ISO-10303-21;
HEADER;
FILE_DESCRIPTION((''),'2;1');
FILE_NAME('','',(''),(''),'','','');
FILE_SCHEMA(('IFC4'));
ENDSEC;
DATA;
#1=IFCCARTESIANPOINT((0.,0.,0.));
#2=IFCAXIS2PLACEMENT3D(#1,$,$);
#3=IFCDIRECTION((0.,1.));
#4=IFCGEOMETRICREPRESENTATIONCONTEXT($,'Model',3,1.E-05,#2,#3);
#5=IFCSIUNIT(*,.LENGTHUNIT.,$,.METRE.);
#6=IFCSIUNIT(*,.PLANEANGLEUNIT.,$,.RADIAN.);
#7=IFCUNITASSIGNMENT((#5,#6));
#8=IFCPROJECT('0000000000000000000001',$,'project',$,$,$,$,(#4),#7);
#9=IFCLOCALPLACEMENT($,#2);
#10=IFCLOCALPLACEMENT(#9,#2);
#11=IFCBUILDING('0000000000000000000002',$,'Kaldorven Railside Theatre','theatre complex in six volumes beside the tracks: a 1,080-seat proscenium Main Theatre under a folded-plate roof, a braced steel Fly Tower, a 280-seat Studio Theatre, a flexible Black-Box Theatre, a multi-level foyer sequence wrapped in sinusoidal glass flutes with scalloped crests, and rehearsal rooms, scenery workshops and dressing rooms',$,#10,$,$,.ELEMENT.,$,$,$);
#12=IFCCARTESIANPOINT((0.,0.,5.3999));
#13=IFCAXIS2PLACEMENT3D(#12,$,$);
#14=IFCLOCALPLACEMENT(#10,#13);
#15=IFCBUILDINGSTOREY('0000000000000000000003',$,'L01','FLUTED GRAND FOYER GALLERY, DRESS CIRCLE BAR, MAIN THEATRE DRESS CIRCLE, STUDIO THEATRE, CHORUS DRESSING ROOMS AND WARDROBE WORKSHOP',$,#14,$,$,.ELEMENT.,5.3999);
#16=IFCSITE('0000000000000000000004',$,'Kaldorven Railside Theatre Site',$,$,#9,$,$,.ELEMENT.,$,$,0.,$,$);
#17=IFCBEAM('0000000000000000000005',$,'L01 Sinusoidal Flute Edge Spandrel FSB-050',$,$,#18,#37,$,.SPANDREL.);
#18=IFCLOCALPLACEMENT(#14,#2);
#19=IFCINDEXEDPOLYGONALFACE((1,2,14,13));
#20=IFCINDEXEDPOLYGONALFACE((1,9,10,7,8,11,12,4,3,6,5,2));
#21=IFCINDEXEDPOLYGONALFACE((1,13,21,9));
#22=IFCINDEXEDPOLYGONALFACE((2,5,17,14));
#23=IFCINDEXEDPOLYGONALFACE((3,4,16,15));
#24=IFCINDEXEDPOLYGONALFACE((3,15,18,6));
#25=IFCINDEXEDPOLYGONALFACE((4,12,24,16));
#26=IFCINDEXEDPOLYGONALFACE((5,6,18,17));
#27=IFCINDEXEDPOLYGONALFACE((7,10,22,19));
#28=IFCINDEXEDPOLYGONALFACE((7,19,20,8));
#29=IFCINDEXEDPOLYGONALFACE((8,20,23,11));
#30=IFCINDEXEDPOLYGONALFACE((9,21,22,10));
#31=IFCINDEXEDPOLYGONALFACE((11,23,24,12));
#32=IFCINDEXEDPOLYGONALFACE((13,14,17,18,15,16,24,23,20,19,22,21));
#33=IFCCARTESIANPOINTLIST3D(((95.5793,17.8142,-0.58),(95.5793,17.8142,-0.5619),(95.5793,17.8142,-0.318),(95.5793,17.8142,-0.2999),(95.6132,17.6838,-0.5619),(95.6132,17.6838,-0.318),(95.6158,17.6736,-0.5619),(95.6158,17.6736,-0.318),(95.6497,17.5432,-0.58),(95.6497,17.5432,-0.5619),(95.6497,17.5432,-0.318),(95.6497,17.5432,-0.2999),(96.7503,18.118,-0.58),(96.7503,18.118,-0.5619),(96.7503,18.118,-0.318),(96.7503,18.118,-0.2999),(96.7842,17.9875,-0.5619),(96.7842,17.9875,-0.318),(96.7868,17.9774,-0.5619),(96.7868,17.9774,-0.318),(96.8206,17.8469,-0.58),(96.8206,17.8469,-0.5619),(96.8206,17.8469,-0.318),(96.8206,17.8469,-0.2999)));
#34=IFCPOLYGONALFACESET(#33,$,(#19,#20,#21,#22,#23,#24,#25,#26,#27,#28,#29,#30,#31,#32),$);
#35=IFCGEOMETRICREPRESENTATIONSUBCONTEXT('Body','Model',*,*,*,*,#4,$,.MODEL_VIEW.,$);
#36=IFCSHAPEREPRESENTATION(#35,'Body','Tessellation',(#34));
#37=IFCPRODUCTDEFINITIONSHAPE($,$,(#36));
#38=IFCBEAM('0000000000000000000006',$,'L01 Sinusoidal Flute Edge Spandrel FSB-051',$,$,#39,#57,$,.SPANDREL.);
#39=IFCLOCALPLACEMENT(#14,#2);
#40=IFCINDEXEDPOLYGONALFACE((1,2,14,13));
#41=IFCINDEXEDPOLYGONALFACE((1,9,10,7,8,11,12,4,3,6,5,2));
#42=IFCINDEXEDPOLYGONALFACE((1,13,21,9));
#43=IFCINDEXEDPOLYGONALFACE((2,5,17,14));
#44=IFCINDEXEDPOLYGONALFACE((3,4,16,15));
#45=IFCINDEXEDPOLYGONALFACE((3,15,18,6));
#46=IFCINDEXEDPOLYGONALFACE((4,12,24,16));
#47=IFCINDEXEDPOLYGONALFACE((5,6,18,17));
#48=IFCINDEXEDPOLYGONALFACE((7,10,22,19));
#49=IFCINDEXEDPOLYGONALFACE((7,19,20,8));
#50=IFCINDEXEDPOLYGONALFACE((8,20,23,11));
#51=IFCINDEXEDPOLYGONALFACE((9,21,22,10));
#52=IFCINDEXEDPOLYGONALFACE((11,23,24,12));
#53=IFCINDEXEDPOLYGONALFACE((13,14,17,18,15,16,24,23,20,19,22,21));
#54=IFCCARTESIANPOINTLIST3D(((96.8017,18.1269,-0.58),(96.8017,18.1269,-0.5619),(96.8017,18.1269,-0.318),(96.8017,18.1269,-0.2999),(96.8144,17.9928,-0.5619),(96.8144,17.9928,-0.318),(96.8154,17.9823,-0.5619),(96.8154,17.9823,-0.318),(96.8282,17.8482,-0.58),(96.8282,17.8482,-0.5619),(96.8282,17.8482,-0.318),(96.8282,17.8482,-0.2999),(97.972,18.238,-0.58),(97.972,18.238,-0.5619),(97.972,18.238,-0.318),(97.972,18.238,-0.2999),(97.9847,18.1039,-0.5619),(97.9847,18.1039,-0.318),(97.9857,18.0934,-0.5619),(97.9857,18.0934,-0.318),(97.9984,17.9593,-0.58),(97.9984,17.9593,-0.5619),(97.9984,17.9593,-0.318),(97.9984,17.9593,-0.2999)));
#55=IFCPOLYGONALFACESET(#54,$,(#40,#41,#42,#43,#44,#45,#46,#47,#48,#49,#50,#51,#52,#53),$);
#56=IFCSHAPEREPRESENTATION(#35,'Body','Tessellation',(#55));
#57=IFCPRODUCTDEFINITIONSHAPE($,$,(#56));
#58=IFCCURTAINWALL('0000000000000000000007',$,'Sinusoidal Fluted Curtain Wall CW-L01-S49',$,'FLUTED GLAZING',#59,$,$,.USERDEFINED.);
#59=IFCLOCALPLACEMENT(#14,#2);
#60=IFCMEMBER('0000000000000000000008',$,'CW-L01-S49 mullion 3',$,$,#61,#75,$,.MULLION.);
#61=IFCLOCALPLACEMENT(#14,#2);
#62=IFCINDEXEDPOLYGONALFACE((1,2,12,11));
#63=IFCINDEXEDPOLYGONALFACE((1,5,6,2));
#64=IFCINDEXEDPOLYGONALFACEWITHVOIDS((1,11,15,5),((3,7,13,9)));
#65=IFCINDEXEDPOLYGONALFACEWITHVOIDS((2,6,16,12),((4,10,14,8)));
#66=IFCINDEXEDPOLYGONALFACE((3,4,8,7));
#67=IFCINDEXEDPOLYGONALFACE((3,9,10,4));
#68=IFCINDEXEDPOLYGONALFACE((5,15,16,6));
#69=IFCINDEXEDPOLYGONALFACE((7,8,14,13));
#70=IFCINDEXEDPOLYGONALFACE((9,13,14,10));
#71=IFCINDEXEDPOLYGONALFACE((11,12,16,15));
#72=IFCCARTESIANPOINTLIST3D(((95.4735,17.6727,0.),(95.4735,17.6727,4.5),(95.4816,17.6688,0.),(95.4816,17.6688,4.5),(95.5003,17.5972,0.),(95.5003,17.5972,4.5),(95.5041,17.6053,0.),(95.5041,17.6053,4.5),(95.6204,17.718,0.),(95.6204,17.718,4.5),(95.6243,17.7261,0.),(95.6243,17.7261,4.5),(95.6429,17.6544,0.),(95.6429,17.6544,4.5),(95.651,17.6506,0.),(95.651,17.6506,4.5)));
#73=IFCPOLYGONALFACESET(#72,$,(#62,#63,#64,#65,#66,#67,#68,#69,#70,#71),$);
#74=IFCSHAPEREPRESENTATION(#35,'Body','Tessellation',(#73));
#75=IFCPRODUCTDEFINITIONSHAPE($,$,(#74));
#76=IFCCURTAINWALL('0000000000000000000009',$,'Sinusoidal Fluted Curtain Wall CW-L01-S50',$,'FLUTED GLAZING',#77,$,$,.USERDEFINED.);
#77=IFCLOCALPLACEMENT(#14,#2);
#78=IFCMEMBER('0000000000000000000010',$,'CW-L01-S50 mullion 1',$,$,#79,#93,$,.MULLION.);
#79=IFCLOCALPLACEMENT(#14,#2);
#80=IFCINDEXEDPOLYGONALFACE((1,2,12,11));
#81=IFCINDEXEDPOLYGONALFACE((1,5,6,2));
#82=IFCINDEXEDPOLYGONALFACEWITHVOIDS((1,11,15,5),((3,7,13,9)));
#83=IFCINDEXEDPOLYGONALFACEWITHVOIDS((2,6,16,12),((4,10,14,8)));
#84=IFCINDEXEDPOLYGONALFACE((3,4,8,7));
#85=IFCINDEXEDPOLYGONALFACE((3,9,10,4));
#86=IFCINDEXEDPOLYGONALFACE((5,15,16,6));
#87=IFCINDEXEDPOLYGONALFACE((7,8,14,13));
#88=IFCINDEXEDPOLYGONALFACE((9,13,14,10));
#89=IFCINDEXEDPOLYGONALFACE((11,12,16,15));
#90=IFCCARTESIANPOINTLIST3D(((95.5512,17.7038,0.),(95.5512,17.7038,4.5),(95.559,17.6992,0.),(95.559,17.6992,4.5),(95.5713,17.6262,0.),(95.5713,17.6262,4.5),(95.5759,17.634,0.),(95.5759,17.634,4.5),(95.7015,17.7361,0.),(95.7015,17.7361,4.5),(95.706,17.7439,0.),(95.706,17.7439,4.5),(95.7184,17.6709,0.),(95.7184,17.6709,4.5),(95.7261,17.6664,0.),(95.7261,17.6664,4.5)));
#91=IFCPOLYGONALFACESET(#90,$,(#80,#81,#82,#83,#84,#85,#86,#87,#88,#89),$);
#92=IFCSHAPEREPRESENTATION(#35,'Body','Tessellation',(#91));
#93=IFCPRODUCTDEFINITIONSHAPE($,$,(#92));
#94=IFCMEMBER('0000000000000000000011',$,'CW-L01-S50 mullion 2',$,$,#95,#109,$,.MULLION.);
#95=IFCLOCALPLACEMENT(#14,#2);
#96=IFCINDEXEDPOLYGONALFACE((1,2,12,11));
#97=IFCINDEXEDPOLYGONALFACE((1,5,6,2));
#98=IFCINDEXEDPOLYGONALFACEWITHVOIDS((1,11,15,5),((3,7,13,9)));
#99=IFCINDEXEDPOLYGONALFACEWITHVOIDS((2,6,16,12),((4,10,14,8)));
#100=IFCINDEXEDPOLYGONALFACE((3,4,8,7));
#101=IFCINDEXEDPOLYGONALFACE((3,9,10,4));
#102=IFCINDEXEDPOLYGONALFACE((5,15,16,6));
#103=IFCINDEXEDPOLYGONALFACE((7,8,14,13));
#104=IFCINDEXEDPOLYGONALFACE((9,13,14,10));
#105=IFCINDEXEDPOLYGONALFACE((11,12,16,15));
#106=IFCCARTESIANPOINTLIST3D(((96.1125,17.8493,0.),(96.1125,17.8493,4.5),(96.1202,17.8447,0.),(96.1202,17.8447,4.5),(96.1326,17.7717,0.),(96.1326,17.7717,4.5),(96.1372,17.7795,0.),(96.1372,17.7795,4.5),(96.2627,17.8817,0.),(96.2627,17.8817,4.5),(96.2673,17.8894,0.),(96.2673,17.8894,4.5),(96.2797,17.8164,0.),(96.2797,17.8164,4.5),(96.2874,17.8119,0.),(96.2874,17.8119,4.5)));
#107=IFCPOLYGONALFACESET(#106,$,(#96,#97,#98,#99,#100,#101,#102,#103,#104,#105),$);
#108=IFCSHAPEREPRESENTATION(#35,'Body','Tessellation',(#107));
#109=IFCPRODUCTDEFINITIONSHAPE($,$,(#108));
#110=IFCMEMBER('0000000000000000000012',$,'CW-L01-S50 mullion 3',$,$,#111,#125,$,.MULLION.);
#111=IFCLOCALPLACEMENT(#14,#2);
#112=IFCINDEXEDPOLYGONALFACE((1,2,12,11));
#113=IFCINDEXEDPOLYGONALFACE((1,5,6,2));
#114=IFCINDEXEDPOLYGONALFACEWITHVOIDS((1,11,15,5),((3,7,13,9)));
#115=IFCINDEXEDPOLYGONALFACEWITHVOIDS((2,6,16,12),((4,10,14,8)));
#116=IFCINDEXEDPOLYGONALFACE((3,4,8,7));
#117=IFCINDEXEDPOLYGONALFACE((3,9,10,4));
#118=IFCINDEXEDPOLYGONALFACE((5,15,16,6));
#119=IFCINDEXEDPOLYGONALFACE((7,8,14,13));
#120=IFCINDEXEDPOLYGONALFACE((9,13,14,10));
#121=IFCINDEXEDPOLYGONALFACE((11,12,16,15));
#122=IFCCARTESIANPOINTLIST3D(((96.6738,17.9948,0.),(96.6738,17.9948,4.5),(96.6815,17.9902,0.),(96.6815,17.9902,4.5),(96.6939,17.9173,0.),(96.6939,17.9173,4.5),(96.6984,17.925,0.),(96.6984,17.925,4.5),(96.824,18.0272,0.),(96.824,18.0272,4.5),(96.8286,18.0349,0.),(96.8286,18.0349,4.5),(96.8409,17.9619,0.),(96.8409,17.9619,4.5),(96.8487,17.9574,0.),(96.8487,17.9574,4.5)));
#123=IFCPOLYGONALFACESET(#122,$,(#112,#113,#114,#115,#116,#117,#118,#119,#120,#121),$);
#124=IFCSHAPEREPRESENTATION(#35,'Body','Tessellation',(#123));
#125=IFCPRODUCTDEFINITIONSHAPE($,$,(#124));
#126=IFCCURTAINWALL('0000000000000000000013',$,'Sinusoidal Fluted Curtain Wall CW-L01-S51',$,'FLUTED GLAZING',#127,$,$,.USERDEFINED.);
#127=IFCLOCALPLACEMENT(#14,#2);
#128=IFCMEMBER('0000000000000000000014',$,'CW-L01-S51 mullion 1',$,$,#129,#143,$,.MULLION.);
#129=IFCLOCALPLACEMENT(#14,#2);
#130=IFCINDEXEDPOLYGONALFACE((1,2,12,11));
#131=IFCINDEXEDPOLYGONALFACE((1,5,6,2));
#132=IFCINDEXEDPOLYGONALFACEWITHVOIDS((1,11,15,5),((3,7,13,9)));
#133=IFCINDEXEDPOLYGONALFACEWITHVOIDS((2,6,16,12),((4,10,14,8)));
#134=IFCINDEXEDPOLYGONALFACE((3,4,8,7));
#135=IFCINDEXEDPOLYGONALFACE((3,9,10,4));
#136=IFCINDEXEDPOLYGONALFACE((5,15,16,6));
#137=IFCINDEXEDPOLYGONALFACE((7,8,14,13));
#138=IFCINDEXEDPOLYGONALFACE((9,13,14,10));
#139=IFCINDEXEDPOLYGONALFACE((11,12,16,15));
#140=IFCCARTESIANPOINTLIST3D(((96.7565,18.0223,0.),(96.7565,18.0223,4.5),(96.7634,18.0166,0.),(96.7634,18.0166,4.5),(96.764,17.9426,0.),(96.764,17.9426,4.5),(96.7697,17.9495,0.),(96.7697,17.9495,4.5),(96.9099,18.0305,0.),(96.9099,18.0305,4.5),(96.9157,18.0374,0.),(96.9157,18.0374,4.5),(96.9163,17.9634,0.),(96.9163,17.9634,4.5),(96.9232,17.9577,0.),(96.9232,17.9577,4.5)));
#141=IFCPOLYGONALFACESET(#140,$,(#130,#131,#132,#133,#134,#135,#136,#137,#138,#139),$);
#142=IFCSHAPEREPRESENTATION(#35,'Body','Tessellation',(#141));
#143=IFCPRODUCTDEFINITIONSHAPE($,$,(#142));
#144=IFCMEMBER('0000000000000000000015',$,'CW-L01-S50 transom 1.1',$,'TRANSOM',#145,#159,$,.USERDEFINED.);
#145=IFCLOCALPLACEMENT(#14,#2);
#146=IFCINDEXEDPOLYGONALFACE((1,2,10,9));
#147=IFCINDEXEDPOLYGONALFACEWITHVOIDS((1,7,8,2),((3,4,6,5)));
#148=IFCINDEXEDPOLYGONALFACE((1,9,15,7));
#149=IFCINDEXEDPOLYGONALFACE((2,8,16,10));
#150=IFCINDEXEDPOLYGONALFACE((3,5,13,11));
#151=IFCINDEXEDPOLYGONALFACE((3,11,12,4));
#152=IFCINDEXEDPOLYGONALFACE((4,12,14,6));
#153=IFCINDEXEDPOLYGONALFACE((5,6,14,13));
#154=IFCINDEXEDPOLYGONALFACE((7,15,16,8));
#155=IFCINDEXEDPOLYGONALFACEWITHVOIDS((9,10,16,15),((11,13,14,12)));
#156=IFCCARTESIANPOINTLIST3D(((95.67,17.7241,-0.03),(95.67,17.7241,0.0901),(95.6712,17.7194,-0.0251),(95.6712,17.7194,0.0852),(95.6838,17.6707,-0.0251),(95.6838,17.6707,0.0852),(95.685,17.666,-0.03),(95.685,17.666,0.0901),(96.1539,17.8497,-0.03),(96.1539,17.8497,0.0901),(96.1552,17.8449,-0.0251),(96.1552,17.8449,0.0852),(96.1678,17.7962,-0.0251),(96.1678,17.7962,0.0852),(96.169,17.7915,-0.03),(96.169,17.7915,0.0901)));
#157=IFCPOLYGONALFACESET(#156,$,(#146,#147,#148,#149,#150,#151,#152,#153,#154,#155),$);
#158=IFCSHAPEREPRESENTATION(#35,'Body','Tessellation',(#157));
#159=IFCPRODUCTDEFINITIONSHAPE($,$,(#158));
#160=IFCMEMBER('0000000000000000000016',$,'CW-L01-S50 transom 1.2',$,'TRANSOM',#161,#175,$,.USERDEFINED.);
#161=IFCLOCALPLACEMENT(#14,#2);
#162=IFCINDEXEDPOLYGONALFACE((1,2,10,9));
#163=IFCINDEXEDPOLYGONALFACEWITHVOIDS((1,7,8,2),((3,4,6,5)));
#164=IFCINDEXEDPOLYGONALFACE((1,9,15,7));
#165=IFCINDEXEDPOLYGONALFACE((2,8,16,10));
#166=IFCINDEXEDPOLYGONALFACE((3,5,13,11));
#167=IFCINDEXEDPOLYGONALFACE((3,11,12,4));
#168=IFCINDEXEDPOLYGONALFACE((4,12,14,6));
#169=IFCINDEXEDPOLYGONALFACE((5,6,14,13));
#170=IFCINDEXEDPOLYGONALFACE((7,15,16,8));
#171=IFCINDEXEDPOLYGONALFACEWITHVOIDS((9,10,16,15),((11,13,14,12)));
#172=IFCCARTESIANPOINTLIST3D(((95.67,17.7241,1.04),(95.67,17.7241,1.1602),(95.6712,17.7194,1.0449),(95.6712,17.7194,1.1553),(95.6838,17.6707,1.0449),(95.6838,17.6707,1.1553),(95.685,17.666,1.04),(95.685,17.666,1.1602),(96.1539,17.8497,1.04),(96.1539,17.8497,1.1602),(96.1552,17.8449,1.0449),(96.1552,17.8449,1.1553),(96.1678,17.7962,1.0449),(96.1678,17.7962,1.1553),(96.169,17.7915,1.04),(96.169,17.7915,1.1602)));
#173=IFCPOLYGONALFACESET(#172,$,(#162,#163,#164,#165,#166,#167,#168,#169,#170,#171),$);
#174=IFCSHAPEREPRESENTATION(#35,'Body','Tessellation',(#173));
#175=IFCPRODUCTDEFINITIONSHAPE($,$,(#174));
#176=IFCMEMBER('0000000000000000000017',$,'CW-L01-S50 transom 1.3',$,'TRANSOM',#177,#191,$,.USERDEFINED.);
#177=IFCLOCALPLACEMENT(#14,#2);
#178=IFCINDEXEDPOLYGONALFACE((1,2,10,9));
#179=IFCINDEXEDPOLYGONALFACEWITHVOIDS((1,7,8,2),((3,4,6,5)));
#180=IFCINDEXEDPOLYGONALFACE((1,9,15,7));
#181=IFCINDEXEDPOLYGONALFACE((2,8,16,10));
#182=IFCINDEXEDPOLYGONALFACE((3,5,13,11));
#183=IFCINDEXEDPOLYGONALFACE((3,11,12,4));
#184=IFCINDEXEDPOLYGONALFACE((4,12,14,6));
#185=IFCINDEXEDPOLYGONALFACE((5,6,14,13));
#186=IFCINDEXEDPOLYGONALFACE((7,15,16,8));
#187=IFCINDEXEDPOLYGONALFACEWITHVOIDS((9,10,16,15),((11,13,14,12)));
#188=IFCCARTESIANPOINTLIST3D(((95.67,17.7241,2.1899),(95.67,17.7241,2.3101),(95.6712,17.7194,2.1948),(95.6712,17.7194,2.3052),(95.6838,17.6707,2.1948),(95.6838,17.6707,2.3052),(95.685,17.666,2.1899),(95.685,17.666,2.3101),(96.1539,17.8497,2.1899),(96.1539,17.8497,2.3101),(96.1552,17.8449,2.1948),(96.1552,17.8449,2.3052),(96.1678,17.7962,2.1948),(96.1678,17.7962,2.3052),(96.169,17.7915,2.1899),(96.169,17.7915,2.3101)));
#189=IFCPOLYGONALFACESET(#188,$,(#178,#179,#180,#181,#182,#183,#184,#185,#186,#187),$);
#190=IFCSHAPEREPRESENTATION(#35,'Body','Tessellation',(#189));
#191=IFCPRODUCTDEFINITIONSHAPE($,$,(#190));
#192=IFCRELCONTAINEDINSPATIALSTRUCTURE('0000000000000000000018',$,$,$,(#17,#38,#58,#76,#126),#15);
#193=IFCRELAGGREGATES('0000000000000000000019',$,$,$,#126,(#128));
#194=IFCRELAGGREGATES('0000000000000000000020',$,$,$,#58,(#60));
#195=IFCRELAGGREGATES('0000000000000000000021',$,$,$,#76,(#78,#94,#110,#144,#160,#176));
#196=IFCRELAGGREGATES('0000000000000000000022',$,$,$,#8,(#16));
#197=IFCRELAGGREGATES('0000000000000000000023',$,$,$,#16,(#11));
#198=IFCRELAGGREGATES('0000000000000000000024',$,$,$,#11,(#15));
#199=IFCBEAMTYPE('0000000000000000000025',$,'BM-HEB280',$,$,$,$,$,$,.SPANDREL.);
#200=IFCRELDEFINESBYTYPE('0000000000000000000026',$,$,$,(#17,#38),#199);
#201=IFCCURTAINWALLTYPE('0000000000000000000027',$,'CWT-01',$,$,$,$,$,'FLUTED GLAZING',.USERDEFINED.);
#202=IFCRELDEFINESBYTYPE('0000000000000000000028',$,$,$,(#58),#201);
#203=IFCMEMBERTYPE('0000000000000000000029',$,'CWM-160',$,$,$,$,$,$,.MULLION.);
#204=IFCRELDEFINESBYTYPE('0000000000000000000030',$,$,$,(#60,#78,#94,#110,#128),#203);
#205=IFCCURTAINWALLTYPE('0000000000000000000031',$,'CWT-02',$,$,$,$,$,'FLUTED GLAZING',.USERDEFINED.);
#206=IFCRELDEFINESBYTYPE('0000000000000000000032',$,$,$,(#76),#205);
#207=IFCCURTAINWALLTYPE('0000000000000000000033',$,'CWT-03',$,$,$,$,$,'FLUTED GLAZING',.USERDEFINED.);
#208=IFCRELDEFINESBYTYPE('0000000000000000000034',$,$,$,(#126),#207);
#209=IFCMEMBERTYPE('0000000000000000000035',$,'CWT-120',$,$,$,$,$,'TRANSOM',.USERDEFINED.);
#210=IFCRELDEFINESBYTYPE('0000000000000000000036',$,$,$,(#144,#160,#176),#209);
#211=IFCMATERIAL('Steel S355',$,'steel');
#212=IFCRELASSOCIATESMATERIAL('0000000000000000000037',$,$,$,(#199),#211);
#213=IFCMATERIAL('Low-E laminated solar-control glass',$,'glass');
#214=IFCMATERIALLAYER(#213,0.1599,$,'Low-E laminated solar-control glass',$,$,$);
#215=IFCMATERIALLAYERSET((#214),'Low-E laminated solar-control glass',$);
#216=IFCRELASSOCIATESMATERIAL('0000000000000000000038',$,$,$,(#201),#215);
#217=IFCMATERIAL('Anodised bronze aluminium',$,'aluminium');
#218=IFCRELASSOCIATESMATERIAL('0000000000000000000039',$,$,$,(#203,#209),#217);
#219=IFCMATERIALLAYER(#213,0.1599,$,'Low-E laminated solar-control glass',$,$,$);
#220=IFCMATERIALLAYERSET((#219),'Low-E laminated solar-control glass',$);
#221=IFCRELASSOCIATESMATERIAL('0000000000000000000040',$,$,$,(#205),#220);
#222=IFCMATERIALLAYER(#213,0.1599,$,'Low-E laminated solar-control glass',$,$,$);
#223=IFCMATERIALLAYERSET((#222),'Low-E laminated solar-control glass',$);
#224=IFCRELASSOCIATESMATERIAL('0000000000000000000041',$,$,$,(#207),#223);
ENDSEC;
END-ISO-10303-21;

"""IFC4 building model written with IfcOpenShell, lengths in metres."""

from ifc_helpers import new_model, si_unit, direction, frame, origin, origin_2d, place, context, subcontext, project, spatial, hollow_rectangle, i_section, extrude, material, layer, layer_set, material_profile, profile_set, type_object, element, aggregate, save


model = new_model("IFC4")

# Units and contexts
model_context = context("Model", 3, precision=1e-05, world=origin(), true_north=direction((0.0, 1.0)))
body_context = subcontext(model_context, "Body", "Model", "MODEL_VIEW")
ifc_project = project(units=[si_unit("LENGTHUNIT", "METRE"), si_unit("PLANEANGLEUNIT", "RADIAN")], contexts=[model_context])

# Site, building, storey
site_placement = place(None, origin())
site = spatial("IfcSite", under=ifc_project, at=site_placement, Name="Kaldorven Railside Theatre Site", CompositionType="ELEMENT", RefElevation=0.0)
building_placement = place(site_placement, origin())
building = spatial("IfcBuilding", under=site, at=building_placement, Name="Kaldorven Railside Theatre", Description="theatre complex in six volumes beside the tracks: a 1,080-seat proscenium Main Theatre under a folded-plate roof, a braced steel Fly Tower, a 280-seat Studio Theatre, a flexible Black-Box Theatre, a multi-level foyer sequence wrapped in sinusoidal glass flutes with scalloped crests, and rehearsal rooms, scenery workshops and dressing rooms", CompositionType="ELEMENT")
storey_placement = place(building_placement, frame((0.0, 0.0, 5.3999)))
storey = spatial("IfcBuildingStorey", under=building, at=storey_placement, Name="L01", Description="FLUTED GRAND FOYER GALLERY, DRESS CIRCLE BAR, MAIN THEATRE DRESS CIRCLE, STUDIO THEATRE, CHORUS DRESSING ROOMS AND WARDROBE WORKSHOP", CompositionType="ELEMENT", Elevation=5.3999)

# Beams
ifc_material_1 = material(Name="Steel S355", Category="steel")
ifc_material_profile_1 = material_profile(ifc_material_1, i_section(OverallWidth=0.28, OverallDepth=0.28, WebThickness=0.0105, FlangeThickness=0.0181, at=origin_2d()), Name="HEB 280")
ifc_profile_set_1 = profile_set([ifc_material_profile_1], Name="Steel S355")
beam_type = type_object("IfcBeamType", Name="BM-HEB280", PredefinedType="SPANDREL", material=ifc_profile_set_1)
beam_1_placement = place(storey_placement, frame((95.6145, 17.6787, -0.4399), z_axis=(0.967968, 0.251074, 0.0), x_axis=(-0.251074, 0.967968, 0.0)))
element("IfcBeam", 1, at=beam_1_placement, inside=storey, type_object=beam_type, Name="L01 Sinusoidal Flute Edge Spandrel FSB-050", PredefinedType="SPANDREL", context=body_context, shape_type="SweptSolid", body=[
    extrude(i_section(OverallWidth=0.28, OverallDepth=0.28, WebThickness=0.0105, FlangeThickness=0.0181, at=origin_2d()), origin(), (0.0, 0.0, 1.0), 1.2097),
])
beam_2_placement = place(storey_placement, frame((96.8149, 17.9875, -0.4399), z_axis=(0.995524, 0.094505, 0.0), x_axis=(-0.094505, 0.995524, 0.0)))
element("IfcBeam", 2, at=beam_2_placement, inside=storey, type_object=beam_type, Name="L01 Sinusoidal Flute Edge Spandrel FSB-051", PredefinedType="SPANDREL", context=body_context, shape_type="SweptSolid", body=[
    extrude(i_section(OverallWidth=0.28, OverallDepth=0.28, WebThickness=0.0105, FlangeThickness=0.0181, at=origin_2d()), origin(), (0.0, 0.0, 1.0), 1.1755),
])

# Curtain wall, member
ifc_material_2 = material(Name="Low-E laminated solar-control glass", Category="glass")
ifc_layer_1 = layer(ifc_material_2, 0.1599, Name="Low-E laminated solar-control glass")
ifc_layer_set_1 = layer_set([ifc_layer_1], Name="Low-E laminated solar-control glass")
curtain_wall_type_1 = type_object("IfcCurtainWallType", Name="CWT-01", ElementType="FLUTED GLAZING", PredefinedType="USERDEFINED", material=ifc_layer_set_1)
curtain_wall_1_placement = place(storey_placement, origin())
curtain_wall_1 = element("IfcCurtainWall", 3, at=curtain_wall_1_placement, inside=storey, type_object=curtain_wall_type_1, Name="Sinusoidal Fluted Curtain Wall CW-L01-S49", ObjectType="FLUTED GLAZING", PredefinedType="USERDEFINED")
ifc_material_3 = material(Name="Anodised bronze aluminium", Category="aluminium")
ifc_material_profile_2 = material_profile(ifc_material_3, hollow_rectangle(XDim=0.0801, YDim=0.1599, WallThickness=0.0063, at=origin_2d()), Name="RHS 160x80x6.3")
ifc_profile_set_2 = profile_set([ifc_material_profile_2], Name="Anodised bronze aluminium")
member_type_1 = type_object("IfcMemberType", Name="CWM-160", PredefinedType="MULLION", material=ifc_profile_set_2)
member_1_placement = place(storey_placement, frame((95.5623, 17.6616, 0.0), z_axis=(0.0, 0.0, 1.0), x_axis=(-0.333847, 0.942627, 0.0)))
member_1 = element("IfcMember", 4, at=member_1_placement, type_object=member_type_1, Name="CW-L01-S49 mullion 3", PredefinedType="MULLION", context=body_context, shape_type="SweptSolid", body=[
    extrude(hollow_rectangle(XDim=0.0801, YDim=0.1599, WallThickness=0.0063, at=origin_2d()), origin(), (0.0, 0.0, 1.0), 4.5),
])

# Curtain wall, members
ifc_layer_2 = layer(ifc_material_2, 0.1599, Name="Low-E laminated solar-control glass")
ifc_layer_set_2 = layer_set([ifc_layer_2], Name="Low-E laminated solar-control glass")
curtain_wall_type_2 = type_object("IfcCurtainWallType", Name="CWT-02", ElementType="FLUTED GLAZING", PredefinedType="USERDEFINED", material=ifc_layer_set_2)
curtain_wall_2_placement = place(storey_placement, origin())
curtain_wall_2 = element("IfcCurtainWall", 5, at=curtain_wall_2_placement, inside=storey, type_object=curtain_wall_type_2, Name="Sinusoidal Fluted Curtain Wall CW-L01-S50", ObjectType="FLUTED GLAZING", PredefinedType="USERDEFINED")
member_2_placement = place(storey_placement, frame((95.6387, 17.6851, 0.0), z_axis=(0.0, 0.0, 1.0), x_axis=(-0.250954, 0.967999, 0.0)))
member_2 = element("IfcMember", 6, at=member_2_placement, type_object=member_type_1, Name="CW-L01-S50 mullion 1", PredefinedType="MULLION", context=body_context, shape_type="SweptSolid", body=[
    extrude(hollow_rectangle(XDim=0.0801, YDim=0.1599, WallThickness=0.0063, at=origin_2d()), origin(), (0.0, 0.0, 1.0), 4.5),
])
member_3_placement = place(storey_placement, frame((96.2, 17.8306, 0.0), z_axis=(0.0, 0.0, 1.0), x_axis=(-0.250954, 0.967999, 0.0)))
member_3 = element("IfcMember", 7, at=member_3_placement, type_object=member_type_1, Name="CW-L01-S50 mullion 2", PredefinedType="MULLION", context=body_context, shape_type="SweptSolid", body=[
    extrude(hollow_rectangle(XDim=0.0801, YDim=0.1599, WallThickness=0.0063, at=origin_2d()), origin(), (0.0, 0.0, 1.0), 4.5),
])
member_4_placement = place(storey_placement, frame((96.7612, 17.9761, 0.0), z_axis=(0.0, 0.0, 1.0), x_axis=(-0.250954, 0.967999, 0.0)))
member_4 = element("IfcMember", 8, at=member_4_placement, type_object=member_type_1, Name="CW-L01-S50 mullion 3", PredefinedType="MULLION", context=body_context, shape_type="SweptSolid", body=[
    extrude(hollow_rectangle(XDim=0.0801, YDim=0.1599, WallThickness=0.0063, at=origin_2d()), origin(), (0.0, 0.0, 1.0), 4.5),
])

# Curtain wall, member
ifc_layer_3 = layer(ifc_material_2, 0.1599, Name="Low-E laminated solar-control glass")
ifc_layer_set_3 = layer_set([ifc_layer_3], Name="Low-E laminated solar-control glass")
curtain_wall_type_3 = type_object("IfcCurtainWallType", Name="CWT-03", ElementType="FLUTED GLAZING", PredefinedType="USERDEFINED", material=ifc_layer_set_3)
curtain_wall_3_placement = place(storey_placement, origin())
curtain_wall_3 = element("IfcCurtainWall", 9, at=curtain_wall_3_placement, inside=storey, type_object=curtain_wall_type_3, Name="Sinusoidal Fluted Curtain Wall CW-L01-S51", ObjectType="FLUTED GLAZING", PredefinedType="USERDEFINED")
member_5_placement = place(storey_placement, frame((96.8398, 17.99, 0.0), z_axis=(0.0, 0.0, 1.0), x_axis=(-0.094492, 0.995526, 0.0)))
member_5 = element("IfcMember", 10, at=member_5_placement, type_object=member_type_1, Name="CW-L01-S51 mullion 1", PredefinedType="MULLION", context=body_context, shape_type="SweptSolid", body=[
    extrude(hollow_rectangle(XDim=0.0801, YDim=0.1599, WallThickness=0.0063, at=origin_2d()), origin(), (0.0, 0.0, 1.0), 4.5),
])

# Members
ifc_material_profile_3 = material_profile(ifc_material_3, hollow_rectangle(XDim=0.0601, YDim=0.1201, WallThickness=0.0049, at=origin_2d()), Name="RHS 120x60x5")
ifc_profile_set_3 = profile_set([ifc_material_profile_3], Name="Anodised bronze aluminium")
member_type_2 = type_object("IfcMemberType", Name="CWT-120", ElementType="TRANSOM", PredefinedType="USERDEFINED", material=ifc_profile_set_3)
member_6_placement = place(storey_placement, frame((95.6775, 17.6951, 0.03), z_axis=(0.967979, 0.25103, 0.0), x_axis=(-0.25103, 0.967979, 0.0)))
member_6 = element("IfcMember", 11, at=member_6_placement, type_object=member_type_2, Name="CW-L01-S50 transom 1.1", ObjectType="TRANSOM", PredefinedType="USERDEFINED", context=body_context, shape_type="SweptSolid", body=[
    extrude(hollow_rectangle(XDim=0.0601, YDim=0.1201, WallThickness=0.0049, at=origin_2d()), origin(), (0.0, 0.0, 1.0), 0.5),
])
member_7_placement = place(storey_placement, frame((95.6775, 17.6951, 1.1001), z_axis=(0.967979, 0.25103, 0.0), x_axis=(-0.25103, 0.967979, 0.0)))
member_7 = element("IfcMember", 12, at=member_7_placement, type_object=member_type_2, Name="CW-L01-S50 transom 1.2", ObjectType="TRANSOM", PredefinedType="USERDEFINED", context=body_context, shape_type="SweptSolid", body=[
    extrude(hollow_rectangle(XDim=0.0601, YDim=0.1201, WallThickness=0.0049, at=origin_2d()), origin(), (0.0, 0.0, 1.0), 0.5),
])
member_8_placement = place(storey_placement, frame((95.6775, 17.6951, 2.25), z_axis=(0.967979, 0.25103, 0.0), x_axis=(-0.25103, 0.967979, 0.0)))
member_8 = element("IfcMember", 13, at=member_8_placement, type_object=member_type_2, Name="CW-L01-S50 transom 1.3", ObjectType="TRANSOM", PredefinedType="USERDEFINED", context=body_context, shape_type="SweptSolid", body=[
    extrude(hollow_rectangle(XDim=0.0601, YDim=0.1201, WallThickness=0.0049, at=origin_2d()), origin(), (0.0, 0.0, 1.0), 0.5),
])
aggregate(curtain_wall_3, [member_5])

aggregate(curtain_wall_1, [member_1])
aggregate(curtain_wall_2, [member_2, member_3, member_4, member_6, member_7, member_8])

save(model, "model.ifc")
